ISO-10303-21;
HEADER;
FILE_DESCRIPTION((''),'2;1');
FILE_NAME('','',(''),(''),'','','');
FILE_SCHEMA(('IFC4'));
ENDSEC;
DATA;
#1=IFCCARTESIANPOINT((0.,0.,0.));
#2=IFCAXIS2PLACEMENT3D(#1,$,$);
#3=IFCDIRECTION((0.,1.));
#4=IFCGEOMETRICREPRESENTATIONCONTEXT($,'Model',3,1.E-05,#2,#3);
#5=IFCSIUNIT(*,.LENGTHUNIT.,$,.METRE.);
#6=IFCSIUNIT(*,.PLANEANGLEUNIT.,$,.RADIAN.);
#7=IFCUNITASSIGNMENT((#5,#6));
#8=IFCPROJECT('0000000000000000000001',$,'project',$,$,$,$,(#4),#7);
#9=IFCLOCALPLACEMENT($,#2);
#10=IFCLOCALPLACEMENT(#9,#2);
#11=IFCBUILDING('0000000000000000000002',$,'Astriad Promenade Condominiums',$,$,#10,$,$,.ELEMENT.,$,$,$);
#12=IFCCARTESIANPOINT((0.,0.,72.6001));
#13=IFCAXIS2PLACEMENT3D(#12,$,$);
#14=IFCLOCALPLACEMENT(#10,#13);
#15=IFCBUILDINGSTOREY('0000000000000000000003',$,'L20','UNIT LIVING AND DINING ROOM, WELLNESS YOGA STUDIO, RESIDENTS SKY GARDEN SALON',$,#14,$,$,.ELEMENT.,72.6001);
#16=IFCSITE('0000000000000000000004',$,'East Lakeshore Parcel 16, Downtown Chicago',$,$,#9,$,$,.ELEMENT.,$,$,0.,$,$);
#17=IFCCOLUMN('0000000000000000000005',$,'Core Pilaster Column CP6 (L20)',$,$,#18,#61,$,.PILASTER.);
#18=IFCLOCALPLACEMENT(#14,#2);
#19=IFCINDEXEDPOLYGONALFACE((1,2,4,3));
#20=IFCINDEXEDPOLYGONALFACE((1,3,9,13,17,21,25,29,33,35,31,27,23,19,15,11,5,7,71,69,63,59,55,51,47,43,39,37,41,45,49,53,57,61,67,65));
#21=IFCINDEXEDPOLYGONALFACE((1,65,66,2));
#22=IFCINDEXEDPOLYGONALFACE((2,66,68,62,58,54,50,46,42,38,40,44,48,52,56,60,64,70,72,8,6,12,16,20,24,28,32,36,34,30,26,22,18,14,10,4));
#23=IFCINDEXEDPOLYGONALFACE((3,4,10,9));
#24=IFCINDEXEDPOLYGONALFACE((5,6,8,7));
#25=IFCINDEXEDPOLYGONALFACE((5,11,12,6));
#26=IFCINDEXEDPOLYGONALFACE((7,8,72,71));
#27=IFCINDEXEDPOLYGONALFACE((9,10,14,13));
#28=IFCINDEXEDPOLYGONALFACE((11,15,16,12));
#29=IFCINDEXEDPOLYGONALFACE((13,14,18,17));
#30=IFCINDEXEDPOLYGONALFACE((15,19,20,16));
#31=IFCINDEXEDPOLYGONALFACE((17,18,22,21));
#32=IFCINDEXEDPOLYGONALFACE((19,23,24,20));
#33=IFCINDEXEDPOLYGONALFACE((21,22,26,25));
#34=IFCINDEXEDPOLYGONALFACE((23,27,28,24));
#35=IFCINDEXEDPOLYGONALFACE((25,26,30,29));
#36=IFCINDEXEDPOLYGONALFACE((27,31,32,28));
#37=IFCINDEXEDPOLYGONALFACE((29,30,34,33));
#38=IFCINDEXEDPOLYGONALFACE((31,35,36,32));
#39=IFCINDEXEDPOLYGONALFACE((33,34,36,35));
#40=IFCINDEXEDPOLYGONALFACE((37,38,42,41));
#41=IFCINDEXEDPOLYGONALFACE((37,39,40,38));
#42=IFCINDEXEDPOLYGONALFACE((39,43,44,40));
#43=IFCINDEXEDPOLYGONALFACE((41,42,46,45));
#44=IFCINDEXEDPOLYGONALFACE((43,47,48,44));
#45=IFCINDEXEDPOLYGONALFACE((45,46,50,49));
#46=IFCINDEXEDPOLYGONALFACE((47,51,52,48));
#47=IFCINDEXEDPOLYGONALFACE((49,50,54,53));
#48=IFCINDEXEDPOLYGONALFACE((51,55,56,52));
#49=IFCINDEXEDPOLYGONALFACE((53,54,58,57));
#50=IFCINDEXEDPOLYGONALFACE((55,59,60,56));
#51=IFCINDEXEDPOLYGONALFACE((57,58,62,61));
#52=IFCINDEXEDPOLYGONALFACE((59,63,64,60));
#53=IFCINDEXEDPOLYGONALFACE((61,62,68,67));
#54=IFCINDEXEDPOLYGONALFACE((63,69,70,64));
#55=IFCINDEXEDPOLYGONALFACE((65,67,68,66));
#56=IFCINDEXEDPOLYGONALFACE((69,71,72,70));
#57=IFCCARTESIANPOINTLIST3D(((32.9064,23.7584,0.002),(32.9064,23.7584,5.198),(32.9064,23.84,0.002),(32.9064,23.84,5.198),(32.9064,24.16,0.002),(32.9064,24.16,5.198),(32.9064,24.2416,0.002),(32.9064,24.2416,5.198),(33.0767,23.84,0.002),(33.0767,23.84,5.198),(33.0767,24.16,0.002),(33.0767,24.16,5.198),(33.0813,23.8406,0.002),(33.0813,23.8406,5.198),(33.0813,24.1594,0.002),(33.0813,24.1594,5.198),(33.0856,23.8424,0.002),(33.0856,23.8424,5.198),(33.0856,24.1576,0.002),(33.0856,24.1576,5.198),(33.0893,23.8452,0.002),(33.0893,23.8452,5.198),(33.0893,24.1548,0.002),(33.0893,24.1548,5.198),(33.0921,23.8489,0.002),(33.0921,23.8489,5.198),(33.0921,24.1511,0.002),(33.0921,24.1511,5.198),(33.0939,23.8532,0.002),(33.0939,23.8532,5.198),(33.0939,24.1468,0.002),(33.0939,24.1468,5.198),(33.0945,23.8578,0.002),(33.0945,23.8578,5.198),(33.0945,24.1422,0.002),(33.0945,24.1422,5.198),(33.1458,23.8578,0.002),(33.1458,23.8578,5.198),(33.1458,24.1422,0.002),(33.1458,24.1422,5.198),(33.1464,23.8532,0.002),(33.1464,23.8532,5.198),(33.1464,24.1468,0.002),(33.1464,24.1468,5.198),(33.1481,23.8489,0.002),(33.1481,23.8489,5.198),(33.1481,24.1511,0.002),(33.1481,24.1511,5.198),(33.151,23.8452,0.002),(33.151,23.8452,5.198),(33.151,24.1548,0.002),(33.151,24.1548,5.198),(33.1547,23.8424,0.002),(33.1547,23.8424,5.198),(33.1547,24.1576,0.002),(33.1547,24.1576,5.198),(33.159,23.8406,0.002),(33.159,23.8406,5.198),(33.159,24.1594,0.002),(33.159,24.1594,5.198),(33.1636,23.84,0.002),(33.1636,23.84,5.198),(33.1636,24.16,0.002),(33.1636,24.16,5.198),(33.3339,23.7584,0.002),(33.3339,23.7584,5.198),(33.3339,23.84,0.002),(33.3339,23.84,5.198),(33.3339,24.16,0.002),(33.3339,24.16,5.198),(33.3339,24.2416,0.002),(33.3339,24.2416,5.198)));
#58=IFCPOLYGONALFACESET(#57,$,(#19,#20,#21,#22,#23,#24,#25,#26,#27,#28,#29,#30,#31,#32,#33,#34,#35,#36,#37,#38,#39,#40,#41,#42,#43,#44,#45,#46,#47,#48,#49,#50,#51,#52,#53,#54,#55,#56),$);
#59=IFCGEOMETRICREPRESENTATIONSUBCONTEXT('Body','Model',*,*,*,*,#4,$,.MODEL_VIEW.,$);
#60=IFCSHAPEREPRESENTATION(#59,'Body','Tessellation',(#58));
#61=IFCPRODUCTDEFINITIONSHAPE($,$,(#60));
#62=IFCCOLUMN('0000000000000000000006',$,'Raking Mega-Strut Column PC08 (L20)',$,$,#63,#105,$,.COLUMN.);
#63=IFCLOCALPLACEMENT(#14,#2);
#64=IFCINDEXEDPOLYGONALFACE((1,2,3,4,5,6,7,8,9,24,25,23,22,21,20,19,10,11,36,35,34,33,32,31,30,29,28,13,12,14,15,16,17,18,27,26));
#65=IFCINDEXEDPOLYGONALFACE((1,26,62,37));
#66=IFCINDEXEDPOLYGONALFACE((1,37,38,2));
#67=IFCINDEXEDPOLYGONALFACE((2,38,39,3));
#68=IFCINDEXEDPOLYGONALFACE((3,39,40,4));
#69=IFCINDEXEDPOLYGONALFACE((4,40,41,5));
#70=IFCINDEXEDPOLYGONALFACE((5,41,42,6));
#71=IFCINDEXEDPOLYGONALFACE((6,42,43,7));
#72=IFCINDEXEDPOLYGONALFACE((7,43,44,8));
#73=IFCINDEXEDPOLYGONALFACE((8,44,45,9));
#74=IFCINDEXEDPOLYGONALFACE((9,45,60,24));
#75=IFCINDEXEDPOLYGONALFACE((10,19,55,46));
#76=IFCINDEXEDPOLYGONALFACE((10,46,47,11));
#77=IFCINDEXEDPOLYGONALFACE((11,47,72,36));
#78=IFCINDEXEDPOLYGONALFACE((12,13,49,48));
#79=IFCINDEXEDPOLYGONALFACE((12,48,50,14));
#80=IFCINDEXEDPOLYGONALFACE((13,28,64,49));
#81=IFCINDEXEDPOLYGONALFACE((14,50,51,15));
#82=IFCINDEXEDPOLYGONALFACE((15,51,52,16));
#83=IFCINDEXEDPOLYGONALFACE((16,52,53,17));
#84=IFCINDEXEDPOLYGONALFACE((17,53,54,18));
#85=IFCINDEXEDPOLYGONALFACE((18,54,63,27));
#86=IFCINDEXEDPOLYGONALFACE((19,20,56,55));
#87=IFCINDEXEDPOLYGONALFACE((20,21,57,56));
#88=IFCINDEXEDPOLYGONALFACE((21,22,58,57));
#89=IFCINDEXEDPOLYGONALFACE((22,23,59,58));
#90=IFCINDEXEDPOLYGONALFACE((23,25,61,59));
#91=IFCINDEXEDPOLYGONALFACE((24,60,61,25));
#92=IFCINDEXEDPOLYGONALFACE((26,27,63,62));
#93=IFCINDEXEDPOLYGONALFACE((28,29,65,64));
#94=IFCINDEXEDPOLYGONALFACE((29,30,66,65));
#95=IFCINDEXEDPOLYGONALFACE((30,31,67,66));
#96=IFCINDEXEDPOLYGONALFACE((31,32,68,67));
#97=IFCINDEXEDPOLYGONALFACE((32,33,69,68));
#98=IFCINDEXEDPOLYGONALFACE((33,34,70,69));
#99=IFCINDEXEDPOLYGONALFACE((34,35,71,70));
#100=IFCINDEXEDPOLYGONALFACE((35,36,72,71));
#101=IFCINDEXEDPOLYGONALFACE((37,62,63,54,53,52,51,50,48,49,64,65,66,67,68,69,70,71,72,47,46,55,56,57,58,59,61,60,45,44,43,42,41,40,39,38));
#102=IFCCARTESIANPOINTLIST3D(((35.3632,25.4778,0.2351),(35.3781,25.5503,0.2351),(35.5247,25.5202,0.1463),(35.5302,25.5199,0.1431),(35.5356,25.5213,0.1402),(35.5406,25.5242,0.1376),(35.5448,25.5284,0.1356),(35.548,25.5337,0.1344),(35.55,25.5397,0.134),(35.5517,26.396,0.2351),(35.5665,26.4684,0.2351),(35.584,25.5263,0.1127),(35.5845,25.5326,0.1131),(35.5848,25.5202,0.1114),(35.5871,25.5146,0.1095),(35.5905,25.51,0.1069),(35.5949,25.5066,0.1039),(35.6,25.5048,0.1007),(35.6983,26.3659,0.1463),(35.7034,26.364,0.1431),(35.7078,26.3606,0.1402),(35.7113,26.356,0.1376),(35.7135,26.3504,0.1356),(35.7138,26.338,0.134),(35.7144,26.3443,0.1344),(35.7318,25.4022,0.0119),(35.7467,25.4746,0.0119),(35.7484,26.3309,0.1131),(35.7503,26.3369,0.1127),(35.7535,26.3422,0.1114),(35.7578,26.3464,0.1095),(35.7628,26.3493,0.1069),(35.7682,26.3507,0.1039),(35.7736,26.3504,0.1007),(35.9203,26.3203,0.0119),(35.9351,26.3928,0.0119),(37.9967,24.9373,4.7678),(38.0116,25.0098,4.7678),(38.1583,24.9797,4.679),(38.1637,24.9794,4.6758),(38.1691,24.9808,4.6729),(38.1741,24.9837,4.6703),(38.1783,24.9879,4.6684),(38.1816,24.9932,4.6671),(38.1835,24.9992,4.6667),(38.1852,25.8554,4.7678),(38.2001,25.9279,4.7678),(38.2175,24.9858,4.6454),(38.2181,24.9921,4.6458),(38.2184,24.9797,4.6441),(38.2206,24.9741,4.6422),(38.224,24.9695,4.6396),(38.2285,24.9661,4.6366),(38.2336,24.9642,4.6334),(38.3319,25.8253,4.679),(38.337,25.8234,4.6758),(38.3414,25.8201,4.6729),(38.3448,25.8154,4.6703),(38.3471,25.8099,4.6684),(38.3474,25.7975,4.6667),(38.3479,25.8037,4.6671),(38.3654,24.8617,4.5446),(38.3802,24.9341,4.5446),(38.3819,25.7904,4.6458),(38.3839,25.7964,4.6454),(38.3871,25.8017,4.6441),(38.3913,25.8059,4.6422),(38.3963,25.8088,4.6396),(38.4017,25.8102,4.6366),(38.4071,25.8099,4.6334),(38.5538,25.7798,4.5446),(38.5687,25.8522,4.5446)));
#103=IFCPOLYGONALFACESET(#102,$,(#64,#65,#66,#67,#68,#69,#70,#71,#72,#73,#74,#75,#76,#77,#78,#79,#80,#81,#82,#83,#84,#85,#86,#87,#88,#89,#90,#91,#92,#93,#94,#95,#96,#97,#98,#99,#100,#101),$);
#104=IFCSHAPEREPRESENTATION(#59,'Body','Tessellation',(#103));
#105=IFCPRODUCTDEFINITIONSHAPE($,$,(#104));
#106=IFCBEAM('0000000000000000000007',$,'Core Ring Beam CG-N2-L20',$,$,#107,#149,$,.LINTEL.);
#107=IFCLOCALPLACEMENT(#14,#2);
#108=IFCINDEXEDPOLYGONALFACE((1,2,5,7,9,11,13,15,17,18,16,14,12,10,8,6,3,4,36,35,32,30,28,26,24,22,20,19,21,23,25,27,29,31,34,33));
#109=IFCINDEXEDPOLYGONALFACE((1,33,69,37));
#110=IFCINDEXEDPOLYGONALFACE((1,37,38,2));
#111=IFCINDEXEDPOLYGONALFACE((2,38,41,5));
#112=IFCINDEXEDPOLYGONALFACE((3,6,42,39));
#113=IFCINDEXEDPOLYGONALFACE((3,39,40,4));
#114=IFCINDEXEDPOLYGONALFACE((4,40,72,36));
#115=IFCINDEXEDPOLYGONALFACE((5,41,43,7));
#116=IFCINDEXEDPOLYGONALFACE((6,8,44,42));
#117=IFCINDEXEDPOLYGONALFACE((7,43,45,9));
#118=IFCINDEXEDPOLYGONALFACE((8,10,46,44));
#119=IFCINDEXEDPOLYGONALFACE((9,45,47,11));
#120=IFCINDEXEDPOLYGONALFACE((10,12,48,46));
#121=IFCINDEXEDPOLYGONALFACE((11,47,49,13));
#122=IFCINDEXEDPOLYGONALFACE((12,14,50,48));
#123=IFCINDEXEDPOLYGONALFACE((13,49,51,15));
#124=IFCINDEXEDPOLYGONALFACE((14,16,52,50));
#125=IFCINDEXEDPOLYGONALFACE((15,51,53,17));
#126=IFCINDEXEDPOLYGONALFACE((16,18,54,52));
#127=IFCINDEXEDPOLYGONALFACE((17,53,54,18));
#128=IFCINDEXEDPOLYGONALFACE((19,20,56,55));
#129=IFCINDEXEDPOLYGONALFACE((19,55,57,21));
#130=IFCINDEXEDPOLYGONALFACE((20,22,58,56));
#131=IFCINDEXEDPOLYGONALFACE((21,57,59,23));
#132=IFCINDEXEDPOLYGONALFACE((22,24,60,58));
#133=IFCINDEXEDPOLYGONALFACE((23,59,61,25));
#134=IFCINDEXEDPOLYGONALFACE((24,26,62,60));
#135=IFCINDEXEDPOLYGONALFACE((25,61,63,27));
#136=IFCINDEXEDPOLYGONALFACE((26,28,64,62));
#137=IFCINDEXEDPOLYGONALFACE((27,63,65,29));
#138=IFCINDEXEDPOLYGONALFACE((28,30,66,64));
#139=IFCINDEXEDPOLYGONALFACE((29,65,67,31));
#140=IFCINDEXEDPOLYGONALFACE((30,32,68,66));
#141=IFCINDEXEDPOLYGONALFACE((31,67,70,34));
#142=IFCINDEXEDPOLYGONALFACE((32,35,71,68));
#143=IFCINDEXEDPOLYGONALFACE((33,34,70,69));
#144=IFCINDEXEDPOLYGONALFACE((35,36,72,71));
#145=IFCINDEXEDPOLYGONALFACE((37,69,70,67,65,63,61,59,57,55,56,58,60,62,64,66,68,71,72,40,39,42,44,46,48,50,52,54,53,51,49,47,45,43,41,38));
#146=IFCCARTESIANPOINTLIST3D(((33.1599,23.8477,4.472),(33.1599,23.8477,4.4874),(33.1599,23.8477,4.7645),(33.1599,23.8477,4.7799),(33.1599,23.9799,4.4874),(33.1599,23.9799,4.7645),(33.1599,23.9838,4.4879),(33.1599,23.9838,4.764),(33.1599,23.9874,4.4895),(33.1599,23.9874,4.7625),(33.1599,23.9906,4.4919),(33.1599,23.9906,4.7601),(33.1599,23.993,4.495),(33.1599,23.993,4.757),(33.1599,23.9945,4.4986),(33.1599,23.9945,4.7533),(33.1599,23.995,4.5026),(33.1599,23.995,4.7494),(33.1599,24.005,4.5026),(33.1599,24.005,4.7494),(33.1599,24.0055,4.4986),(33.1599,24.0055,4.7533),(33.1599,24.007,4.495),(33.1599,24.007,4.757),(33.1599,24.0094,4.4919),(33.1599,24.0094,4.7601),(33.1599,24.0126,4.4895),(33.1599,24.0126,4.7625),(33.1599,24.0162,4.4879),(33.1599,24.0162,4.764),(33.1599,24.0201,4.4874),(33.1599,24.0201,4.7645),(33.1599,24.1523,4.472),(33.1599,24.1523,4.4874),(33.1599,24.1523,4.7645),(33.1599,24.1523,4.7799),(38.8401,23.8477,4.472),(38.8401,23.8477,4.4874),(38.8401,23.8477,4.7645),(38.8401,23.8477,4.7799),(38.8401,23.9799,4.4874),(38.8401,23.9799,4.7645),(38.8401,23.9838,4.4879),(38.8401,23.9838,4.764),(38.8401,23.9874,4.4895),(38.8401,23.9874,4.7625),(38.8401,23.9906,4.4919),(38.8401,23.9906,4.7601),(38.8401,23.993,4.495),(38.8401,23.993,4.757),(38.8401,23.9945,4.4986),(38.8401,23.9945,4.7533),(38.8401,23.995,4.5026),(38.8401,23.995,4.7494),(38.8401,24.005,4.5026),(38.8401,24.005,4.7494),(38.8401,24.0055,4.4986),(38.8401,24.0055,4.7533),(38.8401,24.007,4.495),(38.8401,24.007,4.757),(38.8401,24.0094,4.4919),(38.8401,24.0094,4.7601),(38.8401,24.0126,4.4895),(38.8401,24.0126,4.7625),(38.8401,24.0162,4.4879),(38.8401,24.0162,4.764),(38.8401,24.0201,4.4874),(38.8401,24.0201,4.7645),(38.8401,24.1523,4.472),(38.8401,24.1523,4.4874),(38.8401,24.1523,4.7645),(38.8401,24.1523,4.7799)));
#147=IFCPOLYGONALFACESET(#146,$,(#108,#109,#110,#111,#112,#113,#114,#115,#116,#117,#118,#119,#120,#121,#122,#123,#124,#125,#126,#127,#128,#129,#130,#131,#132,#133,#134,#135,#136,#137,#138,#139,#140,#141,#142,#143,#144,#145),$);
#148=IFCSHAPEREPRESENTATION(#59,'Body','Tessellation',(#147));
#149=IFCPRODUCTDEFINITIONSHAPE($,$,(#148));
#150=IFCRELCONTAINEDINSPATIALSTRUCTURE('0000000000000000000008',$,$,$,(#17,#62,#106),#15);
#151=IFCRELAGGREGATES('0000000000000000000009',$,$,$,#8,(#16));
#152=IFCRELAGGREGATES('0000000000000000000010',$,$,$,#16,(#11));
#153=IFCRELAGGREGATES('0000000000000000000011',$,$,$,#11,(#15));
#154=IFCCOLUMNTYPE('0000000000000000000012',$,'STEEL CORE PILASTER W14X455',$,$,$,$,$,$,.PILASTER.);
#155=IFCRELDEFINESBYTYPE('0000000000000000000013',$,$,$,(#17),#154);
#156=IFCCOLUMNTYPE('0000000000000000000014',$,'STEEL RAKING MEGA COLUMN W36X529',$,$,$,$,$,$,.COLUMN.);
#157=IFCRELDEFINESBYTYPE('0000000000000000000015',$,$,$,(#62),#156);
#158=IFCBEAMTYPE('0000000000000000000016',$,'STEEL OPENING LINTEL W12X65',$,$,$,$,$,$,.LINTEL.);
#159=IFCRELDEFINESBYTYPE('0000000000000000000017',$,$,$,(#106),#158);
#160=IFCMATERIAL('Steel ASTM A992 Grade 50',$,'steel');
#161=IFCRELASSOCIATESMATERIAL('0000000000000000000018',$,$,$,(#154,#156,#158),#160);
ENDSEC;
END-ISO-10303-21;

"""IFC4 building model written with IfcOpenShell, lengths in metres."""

from ifc_helpers import new_model, si_unit, direction, frame, origin, origin_2d, place, context, subcontext, project, spatial, i_section, extrude, source, transform, mapped, material, material_profile, profile_set, type_object, type_shapes, element, save


model = new_model("IFC4")

# Units and contexts
model_context = context("Model", 3, precision=1e-05, world=origin(), true_north=direction((0.0, 1.0)))
body_context = subcontext(model_context, "Body", "Model", "MODEL_VIEW")
ifc_project = project(units=[si_unit("LENGTHUNIT", "METRE"), si_unit("PLANEANGLEUNIT", "RADIAN")], contexts=[model_context])

# Site, building, storey
site_placement = place(None, origin())
site = spatial("IfcSite", under=ifc_project, at=site_placement, Name="East Lakeshore Parcel 16, Downtown Chicago", CompositionType="ELEMENT", RefElevation=0.0)
building_placement = place(site_placement, origin())
building = spatial("IfcBuilding", under=site, at=building_placement, Name="Astriad Promenade Condominiums", CompositionType="ELEMENT")
storey_placement = place(building_placement, frame((0.0, 0.0, 72.6001)))
storey = spatial("IfcBuildingStorey", under=building, at=storey_placement, Name="L20", Description="UNIT LIVING AND DINING ROOM, WELLNESS YOGA STUDIO, RESIDENTS SKY GARDEN SALON", CompositionType="ELEMENT", Elevation=72.6001)

# Columns
ifc_material_1 = material(Name="Steel ASTM A992 Grade 50", Category="steel")
ifc_material_profile_1 = material_profile(ifc_material_1, i_section(OverallWidth=0.4275, OverallDepth=0.4832, WebThickness=0.0513, FlangeThickness=0.0815, FilletRadius=0.0178, at=origin_2d()), Name="W14X455")
ifc_profile_set_1 = profile_set([ifc_material_profile_1], Name="Steel ASTM A992 Grade 50")
column_type_1 = type_object("IfcColumnType", Name="STEEL CORE PILASTER W14X455", PredefinedType="PILASTER", material=ifc_profile_set_1)
shared_shape_1 = source(origin(), body_context, "Body", "SweptSolid", [
    extrude(i_section(OverallWidth=0.4275, OverallDepth=0.4832, WebThickness=0.0513, FlangeThickness=0.0815, FilletRadius=0.0178, at=origin_2d()), origin(), (0.0, 0.0, 1.0), 5.196),
])
type_shapes(column_type_1, [shared_shape_1])
column_1_placement = place(storey_placement, frame((33.1201, 24.0, 0.002), z_axis=(0.0, 0.0, 1.0), x_axis=(1.0, 0.0, 0.0)))
element("IfcColumn", 1, at=column_1_placement, inside=storey, type_object=column_type_1, Name="Core Pilaster Column CP6 (L20)", PredefinedType="PILASTER", context=body_context, shape_type="MappedRepresentation", body=[
    mapped(shared_shape_1, transform((0.0, 0.0, 0.0), scale=1.0)),
])
ifc_material_profile_2 = material_profile(ifc_material_1, i_section(OverallWidth=0.4375, OverallDepth=1.0112, WebThickness=0.041, FlangeThickness=0.074, FilletRadius=0.0242, at=origin_2d()), Name="W36X529")
ifc_profile_set_2 = profile_set([ifc_material_profile_2], Name="Steel ASTM A992 Grade 50")
column_type_2 = type_object("IfcColumnType", Name="STEEL RAKING MEGA COLUMN W36X529", PredefinedType="COLUMN", material=ifc_profile_set_2)
shared_shape_2 = source(origin(), body_context, "Body", "SweptSolid", [
    extrude(i_section(OverallWidth=0.4375, OverallDepth=1.0112, WebThickness=0.041, FlangeThickness=0.074, FilletRadius=0.0242, at=origin_2d()), origin(), (0.0, 0.0, 1.0), 5.27),
])
type_shapes(column_type_2, [shared_shape_2])
column_2_placement = place(storey_placement, frame((35.6492, 25.9353, 0.1235), z_axis=(0.499721, -0.102566, 0.860093), x_axis=(-0.842529, 0.172927, 0.510138)))
element("IfcColumn", 2, at=column_2_placement, inside=storey, type_object=column_type_2, Name="Raking Mega-Strut Column PC08 (L20)", PredefinedType="COLUMN", context=body_context, shape_type="MappedRepresentation", body=[
    mapped(shared_shape_2, transform((0.0, 0.0, 0.0), scale=1.0)),
])

# Beam
ifc_material_profile_3 = material_profile(ifc_material_1, i_section(OverallWidth=0.3047, OverallDepth=0.3079, WebThickness=0.01, FlangeThickness=0.0154, FilletRadius=0.0151, at=origin_2d()), Name="W12X65")
ifc_profile_set_3 = profile_set([ifc_material_profile_3], Name="Steel ASTM A992 Grade 50")
beam_type_1 = type_object("IfcBeamType", Name="STEEL OPENING LINTEL W12X65", PredefinedType="LINTEL", material=ifc_profile_set_3)
shared_shape_3 = source(origin(), body_context, "Body", "SweptSolid", [
    extrude(i_section(OverallWidth=0.3047, OverallDepth=0.3079, WebThickness=0.01, FlangeThickness=0.0154, FilletRadius=0.0151, at=origin_2d()), origin(), (0.0, 0.0, 1.0), 5.6802),
])
type_shapes(beam_type_1, [shared_shape_3])
beam_1_placement = place(storey_placement, frame((33.1599, 24.0, 4.626), z_axis=(1.0, 0.0, 0.0), x_axis=(0.0, 1.0, 0.0)))
element("IfcBeam", 3, at=beam_1_placement, inside=storey, type_object=beam_type_1, Name="Core Ring Beam CG-N2-L20", PredefinedType="LINTEL", context=body_context, shape_type="MappedRepresentation", body=[
    mapped(shared_shape_3, transform((0.0, 0.0, 0.0), scale=1.0)),
])

save(model, "model.ifc")
